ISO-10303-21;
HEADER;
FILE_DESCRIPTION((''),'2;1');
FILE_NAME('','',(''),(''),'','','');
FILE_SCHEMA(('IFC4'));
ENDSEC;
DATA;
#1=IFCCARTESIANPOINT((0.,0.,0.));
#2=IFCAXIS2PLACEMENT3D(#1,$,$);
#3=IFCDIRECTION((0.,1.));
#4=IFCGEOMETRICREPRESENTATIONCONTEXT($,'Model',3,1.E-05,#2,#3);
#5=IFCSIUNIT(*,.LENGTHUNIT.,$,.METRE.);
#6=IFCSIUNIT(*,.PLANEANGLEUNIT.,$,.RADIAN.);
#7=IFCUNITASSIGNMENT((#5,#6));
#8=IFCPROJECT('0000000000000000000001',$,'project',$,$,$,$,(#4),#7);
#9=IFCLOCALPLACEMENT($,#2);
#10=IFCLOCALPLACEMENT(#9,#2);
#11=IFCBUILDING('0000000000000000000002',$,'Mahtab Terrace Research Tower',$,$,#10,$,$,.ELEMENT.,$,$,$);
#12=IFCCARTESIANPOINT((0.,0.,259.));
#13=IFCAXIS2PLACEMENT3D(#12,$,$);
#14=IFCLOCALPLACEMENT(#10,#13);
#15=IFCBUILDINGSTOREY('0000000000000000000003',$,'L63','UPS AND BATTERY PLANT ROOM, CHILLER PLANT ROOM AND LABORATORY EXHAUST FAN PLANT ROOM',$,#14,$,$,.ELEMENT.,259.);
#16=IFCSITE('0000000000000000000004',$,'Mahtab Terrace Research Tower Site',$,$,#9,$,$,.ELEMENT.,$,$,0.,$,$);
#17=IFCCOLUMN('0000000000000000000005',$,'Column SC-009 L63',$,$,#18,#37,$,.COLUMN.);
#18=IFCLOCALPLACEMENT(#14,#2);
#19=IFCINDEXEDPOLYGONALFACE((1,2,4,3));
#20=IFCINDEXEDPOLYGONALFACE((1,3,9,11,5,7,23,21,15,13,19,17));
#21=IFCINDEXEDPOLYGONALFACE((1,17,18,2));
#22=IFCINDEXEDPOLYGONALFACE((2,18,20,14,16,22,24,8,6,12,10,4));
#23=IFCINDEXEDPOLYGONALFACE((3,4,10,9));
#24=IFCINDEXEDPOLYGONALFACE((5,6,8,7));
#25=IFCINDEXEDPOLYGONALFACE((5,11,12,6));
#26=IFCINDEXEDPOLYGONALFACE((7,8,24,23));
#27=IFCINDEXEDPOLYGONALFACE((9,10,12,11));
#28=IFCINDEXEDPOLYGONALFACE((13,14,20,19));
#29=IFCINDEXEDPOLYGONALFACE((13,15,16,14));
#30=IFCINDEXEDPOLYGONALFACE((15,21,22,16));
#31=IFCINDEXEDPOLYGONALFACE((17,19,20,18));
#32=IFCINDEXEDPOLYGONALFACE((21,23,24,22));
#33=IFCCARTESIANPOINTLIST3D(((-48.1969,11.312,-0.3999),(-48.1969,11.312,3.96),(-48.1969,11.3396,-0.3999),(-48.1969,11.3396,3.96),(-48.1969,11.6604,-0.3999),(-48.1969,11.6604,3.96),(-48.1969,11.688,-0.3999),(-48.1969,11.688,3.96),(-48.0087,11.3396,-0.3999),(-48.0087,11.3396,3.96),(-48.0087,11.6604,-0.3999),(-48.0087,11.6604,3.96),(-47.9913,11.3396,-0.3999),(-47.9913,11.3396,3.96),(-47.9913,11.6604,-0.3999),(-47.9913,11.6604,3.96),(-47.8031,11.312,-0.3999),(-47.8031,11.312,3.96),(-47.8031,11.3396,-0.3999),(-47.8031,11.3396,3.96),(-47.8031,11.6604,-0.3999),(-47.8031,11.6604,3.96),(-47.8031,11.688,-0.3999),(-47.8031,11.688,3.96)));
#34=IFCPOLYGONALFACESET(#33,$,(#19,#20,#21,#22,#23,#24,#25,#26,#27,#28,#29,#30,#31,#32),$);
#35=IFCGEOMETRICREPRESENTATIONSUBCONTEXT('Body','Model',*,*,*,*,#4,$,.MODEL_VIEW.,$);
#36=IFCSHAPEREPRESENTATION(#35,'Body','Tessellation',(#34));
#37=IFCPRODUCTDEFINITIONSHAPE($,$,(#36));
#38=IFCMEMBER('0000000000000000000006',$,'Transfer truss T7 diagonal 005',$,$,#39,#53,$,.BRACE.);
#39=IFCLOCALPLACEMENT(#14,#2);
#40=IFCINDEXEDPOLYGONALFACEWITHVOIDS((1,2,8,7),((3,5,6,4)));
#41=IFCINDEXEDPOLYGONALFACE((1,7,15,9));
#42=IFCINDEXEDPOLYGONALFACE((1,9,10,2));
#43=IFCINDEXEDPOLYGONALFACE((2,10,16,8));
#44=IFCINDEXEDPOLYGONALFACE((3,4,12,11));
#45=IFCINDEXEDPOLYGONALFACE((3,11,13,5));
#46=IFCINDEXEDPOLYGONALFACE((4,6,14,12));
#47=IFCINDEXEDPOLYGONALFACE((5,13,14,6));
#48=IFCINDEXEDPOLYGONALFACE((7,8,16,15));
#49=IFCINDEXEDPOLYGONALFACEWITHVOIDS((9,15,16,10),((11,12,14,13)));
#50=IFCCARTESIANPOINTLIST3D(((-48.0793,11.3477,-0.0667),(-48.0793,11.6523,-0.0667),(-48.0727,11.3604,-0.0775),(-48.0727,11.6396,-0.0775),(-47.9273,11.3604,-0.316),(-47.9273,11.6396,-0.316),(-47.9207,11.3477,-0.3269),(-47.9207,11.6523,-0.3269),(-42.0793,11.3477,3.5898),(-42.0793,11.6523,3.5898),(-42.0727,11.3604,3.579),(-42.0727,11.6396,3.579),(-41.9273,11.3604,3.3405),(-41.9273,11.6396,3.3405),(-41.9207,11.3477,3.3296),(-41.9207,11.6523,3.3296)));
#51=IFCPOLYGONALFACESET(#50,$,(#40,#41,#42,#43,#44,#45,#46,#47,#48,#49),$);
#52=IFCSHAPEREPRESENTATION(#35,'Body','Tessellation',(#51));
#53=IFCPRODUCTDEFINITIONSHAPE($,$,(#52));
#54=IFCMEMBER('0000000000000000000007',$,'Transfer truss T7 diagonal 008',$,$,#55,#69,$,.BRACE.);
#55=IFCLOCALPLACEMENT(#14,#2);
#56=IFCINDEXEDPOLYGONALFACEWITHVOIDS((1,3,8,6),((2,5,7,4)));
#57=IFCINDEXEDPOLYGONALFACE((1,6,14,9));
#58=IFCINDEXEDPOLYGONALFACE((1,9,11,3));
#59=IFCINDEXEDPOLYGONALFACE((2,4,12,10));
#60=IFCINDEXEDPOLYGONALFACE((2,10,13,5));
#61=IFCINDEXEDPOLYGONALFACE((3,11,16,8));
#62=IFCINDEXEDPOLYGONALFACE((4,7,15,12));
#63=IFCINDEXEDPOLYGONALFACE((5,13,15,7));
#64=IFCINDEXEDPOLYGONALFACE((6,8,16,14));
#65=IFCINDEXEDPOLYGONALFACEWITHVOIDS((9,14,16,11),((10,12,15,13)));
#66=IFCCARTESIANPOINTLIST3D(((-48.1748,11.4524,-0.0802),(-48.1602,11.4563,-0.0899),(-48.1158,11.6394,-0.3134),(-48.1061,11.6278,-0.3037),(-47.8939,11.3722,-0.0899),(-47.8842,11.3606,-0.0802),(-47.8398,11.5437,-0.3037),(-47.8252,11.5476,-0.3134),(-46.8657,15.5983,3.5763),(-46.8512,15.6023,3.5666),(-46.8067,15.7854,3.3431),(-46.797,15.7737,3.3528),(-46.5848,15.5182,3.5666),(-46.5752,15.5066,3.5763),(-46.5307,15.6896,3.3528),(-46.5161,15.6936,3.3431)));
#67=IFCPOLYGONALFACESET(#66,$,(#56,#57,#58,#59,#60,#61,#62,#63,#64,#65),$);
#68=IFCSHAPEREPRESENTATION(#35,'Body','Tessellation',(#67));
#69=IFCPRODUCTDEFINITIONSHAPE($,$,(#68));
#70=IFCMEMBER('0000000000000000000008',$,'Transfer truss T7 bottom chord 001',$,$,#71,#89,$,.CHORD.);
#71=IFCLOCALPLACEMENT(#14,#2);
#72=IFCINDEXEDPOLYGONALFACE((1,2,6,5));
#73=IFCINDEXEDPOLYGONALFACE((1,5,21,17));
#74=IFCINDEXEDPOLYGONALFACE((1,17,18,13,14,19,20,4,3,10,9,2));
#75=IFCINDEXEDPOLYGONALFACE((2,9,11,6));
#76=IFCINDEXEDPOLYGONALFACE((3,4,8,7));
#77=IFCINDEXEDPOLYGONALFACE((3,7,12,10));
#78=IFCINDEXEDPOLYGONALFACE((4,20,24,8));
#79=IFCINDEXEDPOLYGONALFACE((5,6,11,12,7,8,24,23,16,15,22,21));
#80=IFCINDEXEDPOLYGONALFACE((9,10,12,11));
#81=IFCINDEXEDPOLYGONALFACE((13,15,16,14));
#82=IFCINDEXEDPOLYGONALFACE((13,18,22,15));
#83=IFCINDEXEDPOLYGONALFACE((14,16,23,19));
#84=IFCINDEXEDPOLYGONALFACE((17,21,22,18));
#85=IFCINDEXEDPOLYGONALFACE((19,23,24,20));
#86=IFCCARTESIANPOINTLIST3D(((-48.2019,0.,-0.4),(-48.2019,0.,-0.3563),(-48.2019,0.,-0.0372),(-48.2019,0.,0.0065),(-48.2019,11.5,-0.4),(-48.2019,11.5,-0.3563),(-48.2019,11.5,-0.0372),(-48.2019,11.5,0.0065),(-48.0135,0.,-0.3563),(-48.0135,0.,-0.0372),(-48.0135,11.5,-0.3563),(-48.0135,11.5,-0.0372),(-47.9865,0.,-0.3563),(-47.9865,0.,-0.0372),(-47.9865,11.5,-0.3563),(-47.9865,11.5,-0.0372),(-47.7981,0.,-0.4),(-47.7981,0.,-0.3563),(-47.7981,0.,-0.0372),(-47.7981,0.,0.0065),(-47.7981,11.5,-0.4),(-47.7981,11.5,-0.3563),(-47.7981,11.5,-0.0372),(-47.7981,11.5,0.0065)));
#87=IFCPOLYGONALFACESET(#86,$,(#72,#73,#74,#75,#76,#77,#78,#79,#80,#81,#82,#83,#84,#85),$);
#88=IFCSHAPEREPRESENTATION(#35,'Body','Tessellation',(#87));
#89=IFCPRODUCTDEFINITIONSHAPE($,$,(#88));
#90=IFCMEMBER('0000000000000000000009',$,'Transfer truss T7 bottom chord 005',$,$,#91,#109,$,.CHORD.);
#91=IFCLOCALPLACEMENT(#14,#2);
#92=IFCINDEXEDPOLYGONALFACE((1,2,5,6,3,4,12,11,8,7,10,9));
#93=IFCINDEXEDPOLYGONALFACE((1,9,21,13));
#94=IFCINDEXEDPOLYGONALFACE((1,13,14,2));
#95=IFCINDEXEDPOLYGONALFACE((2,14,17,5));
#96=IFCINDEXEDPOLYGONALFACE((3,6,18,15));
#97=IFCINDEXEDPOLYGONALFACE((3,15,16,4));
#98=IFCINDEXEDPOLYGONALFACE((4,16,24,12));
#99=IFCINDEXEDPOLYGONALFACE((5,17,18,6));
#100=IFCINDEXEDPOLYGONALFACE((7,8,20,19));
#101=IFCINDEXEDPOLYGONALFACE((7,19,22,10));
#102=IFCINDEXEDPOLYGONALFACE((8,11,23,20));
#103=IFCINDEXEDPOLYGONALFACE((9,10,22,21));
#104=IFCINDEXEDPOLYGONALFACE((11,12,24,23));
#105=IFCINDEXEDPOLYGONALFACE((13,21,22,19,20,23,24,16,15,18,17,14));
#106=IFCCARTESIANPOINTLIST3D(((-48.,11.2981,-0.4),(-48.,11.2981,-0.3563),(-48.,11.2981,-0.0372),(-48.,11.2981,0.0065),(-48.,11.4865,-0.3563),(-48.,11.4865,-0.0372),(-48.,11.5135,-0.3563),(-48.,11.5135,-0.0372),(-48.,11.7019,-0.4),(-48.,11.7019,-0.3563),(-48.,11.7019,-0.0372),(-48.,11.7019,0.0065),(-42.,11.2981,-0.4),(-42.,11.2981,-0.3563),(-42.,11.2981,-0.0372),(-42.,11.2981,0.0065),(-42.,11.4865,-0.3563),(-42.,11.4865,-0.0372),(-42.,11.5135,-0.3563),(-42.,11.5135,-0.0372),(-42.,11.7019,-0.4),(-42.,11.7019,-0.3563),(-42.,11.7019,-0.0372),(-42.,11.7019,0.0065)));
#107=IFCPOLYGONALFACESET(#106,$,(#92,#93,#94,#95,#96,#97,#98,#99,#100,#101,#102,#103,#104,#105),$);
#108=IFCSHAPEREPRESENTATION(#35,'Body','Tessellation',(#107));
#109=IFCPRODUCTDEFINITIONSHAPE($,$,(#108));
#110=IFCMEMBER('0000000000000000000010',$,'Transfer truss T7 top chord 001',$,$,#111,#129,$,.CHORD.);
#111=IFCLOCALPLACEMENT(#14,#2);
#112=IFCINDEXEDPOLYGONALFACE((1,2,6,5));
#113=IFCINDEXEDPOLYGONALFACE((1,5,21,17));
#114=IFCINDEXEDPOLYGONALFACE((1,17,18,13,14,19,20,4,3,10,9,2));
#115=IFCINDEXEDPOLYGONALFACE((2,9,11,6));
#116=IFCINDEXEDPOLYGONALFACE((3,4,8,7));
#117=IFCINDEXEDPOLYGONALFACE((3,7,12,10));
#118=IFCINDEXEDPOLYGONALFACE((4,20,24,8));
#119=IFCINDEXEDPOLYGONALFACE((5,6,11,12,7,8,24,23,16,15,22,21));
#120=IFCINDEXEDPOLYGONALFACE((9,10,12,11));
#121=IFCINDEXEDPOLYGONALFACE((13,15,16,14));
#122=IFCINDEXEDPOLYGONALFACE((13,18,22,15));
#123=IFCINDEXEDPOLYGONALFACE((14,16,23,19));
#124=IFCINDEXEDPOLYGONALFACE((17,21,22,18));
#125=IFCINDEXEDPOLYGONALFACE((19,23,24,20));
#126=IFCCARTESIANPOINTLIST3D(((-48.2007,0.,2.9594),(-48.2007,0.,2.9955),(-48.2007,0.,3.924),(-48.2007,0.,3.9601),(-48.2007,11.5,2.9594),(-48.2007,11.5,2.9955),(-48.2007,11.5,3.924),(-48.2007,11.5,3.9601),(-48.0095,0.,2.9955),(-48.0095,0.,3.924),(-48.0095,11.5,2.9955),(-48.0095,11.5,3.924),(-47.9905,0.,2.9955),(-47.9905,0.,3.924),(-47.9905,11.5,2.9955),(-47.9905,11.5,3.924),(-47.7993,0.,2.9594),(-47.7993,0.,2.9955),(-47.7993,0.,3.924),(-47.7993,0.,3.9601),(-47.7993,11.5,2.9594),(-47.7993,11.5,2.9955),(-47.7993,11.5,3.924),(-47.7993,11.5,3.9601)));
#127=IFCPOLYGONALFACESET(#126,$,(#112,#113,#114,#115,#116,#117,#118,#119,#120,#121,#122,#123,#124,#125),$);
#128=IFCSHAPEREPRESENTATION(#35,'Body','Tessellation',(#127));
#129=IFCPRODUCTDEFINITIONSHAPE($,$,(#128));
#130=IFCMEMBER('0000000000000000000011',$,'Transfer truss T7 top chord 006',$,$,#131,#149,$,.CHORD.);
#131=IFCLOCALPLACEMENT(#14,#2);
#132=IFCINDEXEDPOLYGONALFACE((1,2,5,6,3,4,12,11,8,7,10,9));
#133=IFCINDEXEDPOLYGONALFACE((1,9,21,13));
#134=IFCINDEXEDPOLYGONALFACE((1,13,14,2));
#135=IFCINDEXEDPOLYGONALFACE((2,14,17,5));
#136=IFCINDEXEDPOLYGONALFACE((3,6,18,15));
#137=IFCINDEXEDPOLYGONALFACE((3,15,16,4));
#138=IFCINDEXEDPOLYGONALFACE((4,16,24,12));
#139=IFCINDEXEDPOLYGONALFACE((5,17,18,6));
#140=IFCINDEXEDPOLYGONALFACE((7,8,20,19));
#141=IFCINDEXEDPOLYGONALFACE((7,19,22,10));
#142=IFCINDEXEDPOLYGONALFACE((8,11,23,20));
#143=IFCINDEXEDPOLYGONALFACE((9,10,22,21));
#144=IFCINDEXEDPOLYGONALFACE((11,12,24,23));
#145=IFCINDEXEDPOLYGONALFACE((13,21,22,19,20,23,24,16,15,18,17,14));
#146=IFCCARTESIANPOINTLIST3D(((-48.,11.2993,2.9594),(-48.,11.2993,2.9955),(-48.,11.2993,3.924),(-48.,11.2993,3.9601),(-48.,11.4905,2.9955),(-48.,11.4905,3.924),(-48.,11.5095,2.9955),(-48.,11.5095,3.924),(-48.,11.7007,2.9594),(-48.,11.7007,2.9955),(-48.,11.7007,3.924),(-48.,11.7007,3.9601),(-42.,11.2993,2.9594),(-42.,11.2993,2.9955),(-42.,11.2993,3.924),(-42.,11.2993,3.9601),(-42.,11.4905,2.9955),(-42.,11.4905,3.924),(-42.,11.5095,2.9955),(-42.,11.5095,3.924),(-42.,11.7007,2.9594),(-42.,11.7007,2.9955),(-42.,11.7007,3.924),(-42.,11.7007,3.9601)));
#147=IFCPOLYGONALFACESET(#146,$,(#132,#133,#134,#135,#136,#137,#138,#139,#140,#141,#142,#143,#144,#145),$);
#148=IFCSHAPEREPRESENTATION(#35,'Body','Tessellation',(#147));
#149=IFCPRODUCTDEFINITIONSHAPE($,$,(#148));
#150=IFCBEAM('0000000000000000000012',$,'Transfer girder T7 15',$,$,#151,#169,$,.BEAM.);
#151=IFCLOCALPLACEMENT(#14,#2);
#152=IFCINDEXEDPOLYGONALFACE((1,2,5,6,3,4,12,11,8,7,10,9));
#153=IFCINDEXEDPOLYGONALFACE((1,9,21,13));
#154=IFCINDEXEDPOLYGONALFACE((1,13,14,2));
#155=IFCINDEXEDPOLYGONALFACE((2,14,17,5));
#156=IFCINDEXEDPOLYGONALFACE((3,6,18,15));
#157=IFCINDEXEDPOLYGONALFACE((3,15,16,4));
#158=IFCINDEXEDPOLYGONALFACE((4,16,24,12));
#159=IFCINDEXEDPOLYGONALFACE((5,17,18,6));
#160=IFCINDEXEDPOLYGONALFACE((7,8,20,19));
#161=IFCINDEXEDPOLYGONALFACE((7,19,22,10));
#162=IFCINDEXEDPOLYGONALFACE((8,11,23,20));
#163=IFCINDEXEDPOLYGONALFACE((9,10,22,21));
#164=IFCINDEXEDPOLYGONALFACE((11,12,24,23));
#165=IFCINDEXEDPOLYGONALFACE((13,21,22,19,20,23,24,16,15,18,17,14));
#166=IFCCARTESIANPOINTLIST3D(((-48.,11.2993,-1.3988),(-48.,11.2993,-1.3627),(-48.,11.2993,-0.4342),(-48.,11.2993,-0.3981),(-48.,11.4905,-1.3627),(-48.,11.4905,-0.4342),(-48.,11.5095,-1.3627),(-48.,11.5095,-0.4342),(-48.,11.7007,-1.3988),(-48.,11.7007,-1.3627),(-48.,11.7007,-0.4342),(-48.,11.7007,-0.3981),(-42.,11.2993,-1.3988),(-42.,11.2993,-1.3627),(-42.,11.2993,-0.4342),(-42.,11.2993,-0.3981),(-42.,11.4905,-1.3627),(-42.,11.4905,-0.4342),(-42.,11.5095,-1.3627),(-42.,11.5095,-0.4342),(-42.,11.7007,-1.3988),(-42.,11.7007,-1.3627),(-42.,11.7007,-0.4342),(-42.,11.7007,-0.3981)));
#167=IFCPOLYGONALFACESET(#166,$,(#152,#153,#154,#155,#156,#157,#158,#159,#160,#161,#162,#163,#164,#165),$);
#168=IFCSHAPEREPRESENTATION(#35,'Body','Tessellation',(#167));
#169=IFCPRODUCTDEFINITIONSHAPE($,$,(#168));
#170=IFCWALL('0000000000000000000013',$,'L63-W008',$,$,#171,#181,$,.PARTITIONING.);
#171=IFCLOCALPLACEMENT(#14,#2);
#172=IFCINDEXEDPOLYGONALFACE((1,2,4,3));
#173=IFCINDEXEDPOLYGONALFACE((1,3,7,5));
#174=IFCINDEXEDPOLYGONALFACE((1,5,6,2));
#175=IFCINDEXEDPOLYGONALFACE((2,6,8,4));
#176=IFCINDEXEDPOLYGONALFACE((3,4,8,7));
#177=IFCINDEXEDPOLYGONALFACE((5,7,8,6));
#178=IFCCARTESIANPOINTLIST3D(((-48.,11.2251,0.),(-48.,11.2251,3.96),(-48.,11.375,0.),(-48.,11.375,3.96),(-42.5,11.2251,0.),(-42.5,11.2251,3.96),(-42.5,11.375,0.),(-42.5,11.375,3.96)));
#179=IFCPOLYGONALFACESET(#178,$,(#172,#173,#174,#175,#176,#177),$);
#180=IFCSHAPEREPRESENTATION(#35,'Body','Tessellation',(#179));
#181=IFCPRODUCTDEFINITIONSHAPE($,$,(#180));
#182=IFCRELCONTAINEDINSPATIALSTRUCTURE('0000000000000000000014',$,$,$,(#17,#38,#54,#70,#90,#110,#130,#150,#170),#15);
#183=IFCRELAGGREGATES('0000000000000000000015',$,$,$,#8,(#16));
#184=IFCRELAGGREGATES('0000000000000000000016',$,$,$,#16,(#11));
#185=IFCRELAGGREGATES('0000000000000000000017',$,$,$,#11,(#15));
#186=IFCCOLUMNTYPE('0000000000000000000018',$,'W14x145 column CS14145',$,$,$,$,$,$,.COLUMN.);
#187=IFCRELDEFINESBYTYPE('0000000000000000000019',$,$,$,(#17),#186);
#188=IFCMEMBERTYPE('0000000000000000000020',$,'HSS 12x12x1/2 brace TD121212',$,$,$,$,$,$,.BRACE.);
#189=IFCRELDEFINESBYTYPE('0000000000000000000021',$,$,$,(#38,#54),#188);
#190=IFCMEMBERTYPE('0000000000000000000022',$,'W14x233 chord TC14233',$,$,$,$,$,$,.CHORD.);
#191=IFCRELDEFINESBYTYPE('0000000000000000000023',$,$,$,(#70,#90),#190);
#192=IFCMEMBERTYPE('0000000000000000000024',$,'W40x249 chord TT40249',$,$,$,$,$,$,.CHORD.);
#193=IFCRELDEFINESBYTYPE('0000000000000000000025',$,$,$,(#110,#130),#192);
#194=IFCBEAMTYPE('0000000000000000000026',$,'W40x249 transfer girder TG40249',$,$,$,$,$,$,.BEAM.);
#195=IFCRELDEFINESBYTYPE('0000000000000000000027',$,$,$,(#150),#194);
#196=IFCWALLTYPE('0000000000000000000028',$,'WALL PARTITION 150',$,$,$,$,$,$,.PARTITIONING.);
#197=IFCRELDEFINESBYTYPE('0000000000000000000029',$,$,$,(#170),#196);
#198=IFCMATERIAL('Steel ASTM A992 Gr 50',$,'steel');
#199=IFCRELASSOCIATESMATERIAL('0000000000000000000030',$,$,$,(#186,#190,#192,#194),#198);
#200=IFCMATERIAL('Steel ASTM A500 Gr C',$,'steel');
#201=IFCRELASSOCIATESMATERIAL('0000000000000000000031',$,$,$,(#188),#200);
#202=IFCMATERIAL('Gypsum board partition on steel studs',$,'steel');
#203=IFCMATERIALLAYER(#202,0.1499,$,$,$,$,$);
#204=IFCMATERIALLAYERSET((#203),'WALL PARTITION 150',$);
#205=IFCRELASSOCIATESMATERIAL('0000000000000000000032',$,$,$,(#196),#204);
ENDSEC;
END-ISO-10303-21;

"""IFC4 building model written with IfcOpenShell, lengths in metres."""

from ifc_helpers import new_model, si_unit, direction, frame, frame_2d, origin, origin_2d, place, context, subcontext, project, spatial, rectangle, hollow_rectangle, i_section, extrude, material, layer, layer_set, material_profile, profile_set, type_object, element, save


model = new_model("IFC4")

# Units and contexts
model_context = context("Model", 3, precision=1e-05, world=origin(), true_north=direction((0.0, 1.0)))
body_context = subcontext(model_context, "Body", "Model", "MODEL_VIEW")
ifc_project = project(units=[si_unit("LENGTHUNIT", "METRE"), si_unit("PLANEANGLEUNIT", "RADIAN")], contexts=[model_context])

# Site, building, storey
site_placement = place(None, origin())
site = spatial("IfcSite", under=ifc_project, at=site_placement, Name="Mahtab Terrace Research Tower Site", CompositionType="ELEMENT", RefElevation=0.0)
building_placement = place(site_placement, origin())
building = spatial("IfcBuilding", under=site, at=building_placement, Name="Mahtab Terrace Research Tower", CompositionType="ELEMENT")
storey_placement = place(building_placement, frame((0.0, 0.0, 259.0)))
storey = spatial("IfcBuildingStorey", under=building, at=storey_placement, Name="L63", Description="UPS AND BATTERY PLANT ROOM, CHILLER PLANT ROOM AND LABORATORY EXHAUST FAN PLANT ROOM", CompositionType="ELEMENT", Elevation=259.0)

# Column
ifc_material_1 = material(Name="Steel ASTM A992 Gr 50", Category="steel")
ifc_material_profile_1 = material_profile(ifc_material_1, i_section(OverallWidth=0.3938, OverallDepth=0.376, WebThickness=0.0173, FlangeThickness=0.0276, at=origin_2d()), Name="W14X145")
ifc_profile_set_1 = profile_set([ifc_material_profile_1], Name="Steel ASTM A992 Gr 50")
column_type = type_object("IfcColumnType", Name="W14x145 column CS14145", PredefinedType="COLUMN", material=ifc_profile_set_1)
column_placement = place(storey_placement, frame((-48.0, 11.5, -0.3999), z_axis=(0.0, 0.0, 1.0), x_axis=(1.0, 0.0, 0.0)))
element("IfcColumn", 1, at=column_placement, inside=storey, type_object=column_type, Name="Column SC-009 L63", PredefinedType="COLUMN", context=body_context, shape_type="SweptSolid", body=[
    extrude(i_section(OverallWidth=0.3938, OverallDepth=0.376, WebThickness=0.0173, FlangeThickness=0.0276, at=origin_2d()), origin(), (0.0, 0.0, 1.0), 4.3599),
])

# Members
ifc_material_2 = material(Name="Steel ASTM A500 Gr C", Category="steel")
ifc_material_profile_2 = material_profile(ifc_material_2, hollow_rectangle(XDim=0.3047, YDim=0.3047, WallThickness=0.0127, at=origin_2d()), Name="HSS12X12X1/2")
ifc_profile_set_2 = profile_set([ifc_material_profile_2], Name="Steel ASTM A500 Gr C")
member_type_1 = type_object("IfcMemberType", Name="HSS 12x12x1/2 brace TD121212", PredefinedType="BRACE", material=ifc_profile_set_2)
member_1_placement = place(storey_placement, frame((-48.0, 11.5, -0.1968), z_axis=(0.853925, 0.0, 0.520396), x_axis=(0.0, 1.0, 0.0)))
element("IfcMember", 2, at=member_1_placement, inside=storey, type_object=member_type_1, Name="Transfer truss T7 diagonal 005", PredefinedType="BRACE", context=body_context, shape_type="SweptSolid", body=[
    extrude(hollow_rectangle(XDim=0.3047, YDim=0.3047, WallThickness=0.0127, at=origin_2d()), origin(), (0.0, 0.0, 1.0), 7.0264),
])
member_2_placement = place(storey_placement, frame((-48.0, 11.5, -0.1968), z_axis=(0.230435, 0.72981, 0.643644), x_axis=(-0.953595, 0.301094, 0.0)))
element("IfcMember", 3, at=member_2_placement, inside=storey, type_object=member_type_1, Name="Transfer truss T7 diagonal 008", PredefinedType="BRACE", context=body_context, shape_type="SweptSolid", body=[
    extrude(hollow_rectangle(XDim=0.3047, YDim=0.3047, WallThickness=0.0127, at=origin_2d()), origin(), (0.0, 0.0, 1.0), 5.6809),
])
ifc_material_profile_3 = material_profile(ifc_material_1, i_section(OverallWidth=0.4038, OverallDepth=0.4065, WebThickness=0.0271, FlangeThickness=0.0437, at=origin_2d()), Name="W14X233")
ifc_profile_set_3 = profile_set([ifc_material_profile_3], Name="Steel ASTM A992 Gr 50")
member_type_2 = type_object("IfcMemberType", Name="W14x233 chord TC14233", PredefinedType="CHORD", material=ifc_profile_set_3)
member_3_placement = place(storey_placement, frame((-48.0, 11.5, -0.1968), z_axis=(0.0, -1.0, 0.0), x_axis=(1.0, 0.0, 0.0)))
element("IfcMember", 4, at=member_3_placement, inside=storey, type_object=member_type_2, Name="Transfer truss T7 bottom chord 001", PredefinedType="CHORD", context=body_context, shape_type="SweptSolid", body=[
    extrude(i_section(OverallWidth=0.4038, OverallDepth=0.4065, WebThickness=0.0271, FlangeThickness=0.0437, at=origin_2d()), origin(), (0.0, 0.0, 1.0), 11.5),
])
member_4_placement = place(storey_placement, frame((-48.0, 11.5, -0.1968), z_axis=(1.0, 0.0, 0.0), x_axis=(0.0, 1.0, 0.0)))
element("IfcMember", 5, at=member_4_placement, inside=storey, type_object=member_type_2, Name="Transfer truss T7 bottom chord 005", PredefinedType="CHORD", context=body_context, shape_type="SweptSolid", body=[
    extrude(i_section(OverallWidth=0.4038, OverallDepth=0.4065, WebThickness=0.0271, FlangeThickness=0.0437, at=origin_2d()), origin(), (0.0, 0.0, 1.0), 6.0),
])
ifc_material_profile_4 = material_profile(ifc_material_1, i_section(OverallWidth=0.4014, OverallDepth=1.0007, WebThickness=0.019, FlangeThickness=0.0361, at=origin_2d()), Name="W40X249")
ifc_profile_set_4 = profile_set([ifc_material_profile_4], Name="Steel ASTM A992 Gr 50")
member_type_3 = type_object("IfcMemberType", Name="W40x249 chord TT40249", PredefinedType="CHORD", material=ifc_profile_set_4)
member_5_placement = place(storey_placement, frame((-48.0, 11.5, 3.4597), z_axis=(0.0, -1.0, 0.0), x_axis=(1.0, 0.0, 0.0)))
element("IfcMember", 6, at=member_5_placement, inside=storey, type_object=member_type_3, Name="Transfer truss T7 top chord 001", PredefinedType="CHORD", context=body_context, shape_type="SweptSolid", body=[
    extrude(i_section(OverallWidth=0.4014, OverallDepth=1.0007, WebThickness=0.019, FlangeThickness=0.0361, at=origin_2d()), origin(), (0.0, 0.0, 1.0), 11.5),
])
member_6_placement = place(storey_placement, frame((-48.0, 11.5, 3.4597), z_axis=(1.0, 0.0, 0.0), x_axis=(0.0, 1.0, 0.0)))
element("IfcMember", 7, at=member_6_placement, inside=storey, type_object=member_type_3, Name="Transfer truss T7 top chord 006", PredefinedType="CHORD", context=body_context, shape_type="SweptSolid", body=[
    extrude(i_section(OverallWidth=0.4014, OverallDepth=1.0007, WebThickness=0.019, FlangeThickness=0.0361, at=origin_2d()), origin(), (0.0, 0.0, 1.0), 6.0),
])

# Beam
ifc_material_profile_5 = material_profile(ifc_material_1, i_section(OverallWidth=0.4014, OverallDepth=1.0007, WebThickness=0.019, FlangeThickness=0.0361, at=origin_2d()), Name="W40X249")
ifc_profile_set_5 = profile_set([ifc_material_profile_5], Name="Steel ASTM A992 Gr 50")
beam_type = type_object("IfcBeamType", Name="W40x249 transfer girder TG40249", PredefinedType="BEAM", material=ifc_profile_set_5)
beam_placement = place(storey_placement, frame((-48.0, 11.5, -0.8984), z_axis=(1.0, 0.0, 0.0), x_axis=(0.0, 1.0, 0.0)))
element("IfcBeam", 8, at=beam_placement, inside=storey, type_object=beam_type, Name="Transfer girder T7 15", PredefinedType="BEAM", context=body_context, shape_type="SweptSolid", body=[
    extrude(i_section(OverallWidth=0.4014, OverallDepth=1.0007, WebThickness=0.019, FlangeThickness=0.0361, at=origin_2d()), origin(), (0.0, 0.0, 1.0), 6.0),
])

# Wall
ifc_material_3 = material(Name="Gypsum board partition on steel studs", Category="steel")
ifc_layer_1 = layer(ifc_material_3, 0.1499)
ifc_layer_set_1 = layer_set([ifc_layer_1], Name="WALL PARTITION 150")
wall_type = type_object("IfcWallType", Name="WALL PARTITION 150", PredefinedType="PARTITIONING", material=ifc_layer_set_1)
wall_placement = place(storey_placement, frame((-48.0, 11.3, 0.0), z_axis=(0.0, 0.0, 1.0), x_axis=(1.0, 0.0, 0.0)))
element("IfcWall", 9, at=wall_placement, inside=storey, type_object=wall_type, Name="L63-W008", PredefinedType="PARTITIONING", context=body_context, shape_type="SweptSolid", body=[
    extrude(rectangle(XDim=5.5, YDim=0.1499, at=frame_2d((2.75, 0.0))), origin(), (0.0, 0.0, 1.0), 3.96),
])

save(model, "model.ifc")
